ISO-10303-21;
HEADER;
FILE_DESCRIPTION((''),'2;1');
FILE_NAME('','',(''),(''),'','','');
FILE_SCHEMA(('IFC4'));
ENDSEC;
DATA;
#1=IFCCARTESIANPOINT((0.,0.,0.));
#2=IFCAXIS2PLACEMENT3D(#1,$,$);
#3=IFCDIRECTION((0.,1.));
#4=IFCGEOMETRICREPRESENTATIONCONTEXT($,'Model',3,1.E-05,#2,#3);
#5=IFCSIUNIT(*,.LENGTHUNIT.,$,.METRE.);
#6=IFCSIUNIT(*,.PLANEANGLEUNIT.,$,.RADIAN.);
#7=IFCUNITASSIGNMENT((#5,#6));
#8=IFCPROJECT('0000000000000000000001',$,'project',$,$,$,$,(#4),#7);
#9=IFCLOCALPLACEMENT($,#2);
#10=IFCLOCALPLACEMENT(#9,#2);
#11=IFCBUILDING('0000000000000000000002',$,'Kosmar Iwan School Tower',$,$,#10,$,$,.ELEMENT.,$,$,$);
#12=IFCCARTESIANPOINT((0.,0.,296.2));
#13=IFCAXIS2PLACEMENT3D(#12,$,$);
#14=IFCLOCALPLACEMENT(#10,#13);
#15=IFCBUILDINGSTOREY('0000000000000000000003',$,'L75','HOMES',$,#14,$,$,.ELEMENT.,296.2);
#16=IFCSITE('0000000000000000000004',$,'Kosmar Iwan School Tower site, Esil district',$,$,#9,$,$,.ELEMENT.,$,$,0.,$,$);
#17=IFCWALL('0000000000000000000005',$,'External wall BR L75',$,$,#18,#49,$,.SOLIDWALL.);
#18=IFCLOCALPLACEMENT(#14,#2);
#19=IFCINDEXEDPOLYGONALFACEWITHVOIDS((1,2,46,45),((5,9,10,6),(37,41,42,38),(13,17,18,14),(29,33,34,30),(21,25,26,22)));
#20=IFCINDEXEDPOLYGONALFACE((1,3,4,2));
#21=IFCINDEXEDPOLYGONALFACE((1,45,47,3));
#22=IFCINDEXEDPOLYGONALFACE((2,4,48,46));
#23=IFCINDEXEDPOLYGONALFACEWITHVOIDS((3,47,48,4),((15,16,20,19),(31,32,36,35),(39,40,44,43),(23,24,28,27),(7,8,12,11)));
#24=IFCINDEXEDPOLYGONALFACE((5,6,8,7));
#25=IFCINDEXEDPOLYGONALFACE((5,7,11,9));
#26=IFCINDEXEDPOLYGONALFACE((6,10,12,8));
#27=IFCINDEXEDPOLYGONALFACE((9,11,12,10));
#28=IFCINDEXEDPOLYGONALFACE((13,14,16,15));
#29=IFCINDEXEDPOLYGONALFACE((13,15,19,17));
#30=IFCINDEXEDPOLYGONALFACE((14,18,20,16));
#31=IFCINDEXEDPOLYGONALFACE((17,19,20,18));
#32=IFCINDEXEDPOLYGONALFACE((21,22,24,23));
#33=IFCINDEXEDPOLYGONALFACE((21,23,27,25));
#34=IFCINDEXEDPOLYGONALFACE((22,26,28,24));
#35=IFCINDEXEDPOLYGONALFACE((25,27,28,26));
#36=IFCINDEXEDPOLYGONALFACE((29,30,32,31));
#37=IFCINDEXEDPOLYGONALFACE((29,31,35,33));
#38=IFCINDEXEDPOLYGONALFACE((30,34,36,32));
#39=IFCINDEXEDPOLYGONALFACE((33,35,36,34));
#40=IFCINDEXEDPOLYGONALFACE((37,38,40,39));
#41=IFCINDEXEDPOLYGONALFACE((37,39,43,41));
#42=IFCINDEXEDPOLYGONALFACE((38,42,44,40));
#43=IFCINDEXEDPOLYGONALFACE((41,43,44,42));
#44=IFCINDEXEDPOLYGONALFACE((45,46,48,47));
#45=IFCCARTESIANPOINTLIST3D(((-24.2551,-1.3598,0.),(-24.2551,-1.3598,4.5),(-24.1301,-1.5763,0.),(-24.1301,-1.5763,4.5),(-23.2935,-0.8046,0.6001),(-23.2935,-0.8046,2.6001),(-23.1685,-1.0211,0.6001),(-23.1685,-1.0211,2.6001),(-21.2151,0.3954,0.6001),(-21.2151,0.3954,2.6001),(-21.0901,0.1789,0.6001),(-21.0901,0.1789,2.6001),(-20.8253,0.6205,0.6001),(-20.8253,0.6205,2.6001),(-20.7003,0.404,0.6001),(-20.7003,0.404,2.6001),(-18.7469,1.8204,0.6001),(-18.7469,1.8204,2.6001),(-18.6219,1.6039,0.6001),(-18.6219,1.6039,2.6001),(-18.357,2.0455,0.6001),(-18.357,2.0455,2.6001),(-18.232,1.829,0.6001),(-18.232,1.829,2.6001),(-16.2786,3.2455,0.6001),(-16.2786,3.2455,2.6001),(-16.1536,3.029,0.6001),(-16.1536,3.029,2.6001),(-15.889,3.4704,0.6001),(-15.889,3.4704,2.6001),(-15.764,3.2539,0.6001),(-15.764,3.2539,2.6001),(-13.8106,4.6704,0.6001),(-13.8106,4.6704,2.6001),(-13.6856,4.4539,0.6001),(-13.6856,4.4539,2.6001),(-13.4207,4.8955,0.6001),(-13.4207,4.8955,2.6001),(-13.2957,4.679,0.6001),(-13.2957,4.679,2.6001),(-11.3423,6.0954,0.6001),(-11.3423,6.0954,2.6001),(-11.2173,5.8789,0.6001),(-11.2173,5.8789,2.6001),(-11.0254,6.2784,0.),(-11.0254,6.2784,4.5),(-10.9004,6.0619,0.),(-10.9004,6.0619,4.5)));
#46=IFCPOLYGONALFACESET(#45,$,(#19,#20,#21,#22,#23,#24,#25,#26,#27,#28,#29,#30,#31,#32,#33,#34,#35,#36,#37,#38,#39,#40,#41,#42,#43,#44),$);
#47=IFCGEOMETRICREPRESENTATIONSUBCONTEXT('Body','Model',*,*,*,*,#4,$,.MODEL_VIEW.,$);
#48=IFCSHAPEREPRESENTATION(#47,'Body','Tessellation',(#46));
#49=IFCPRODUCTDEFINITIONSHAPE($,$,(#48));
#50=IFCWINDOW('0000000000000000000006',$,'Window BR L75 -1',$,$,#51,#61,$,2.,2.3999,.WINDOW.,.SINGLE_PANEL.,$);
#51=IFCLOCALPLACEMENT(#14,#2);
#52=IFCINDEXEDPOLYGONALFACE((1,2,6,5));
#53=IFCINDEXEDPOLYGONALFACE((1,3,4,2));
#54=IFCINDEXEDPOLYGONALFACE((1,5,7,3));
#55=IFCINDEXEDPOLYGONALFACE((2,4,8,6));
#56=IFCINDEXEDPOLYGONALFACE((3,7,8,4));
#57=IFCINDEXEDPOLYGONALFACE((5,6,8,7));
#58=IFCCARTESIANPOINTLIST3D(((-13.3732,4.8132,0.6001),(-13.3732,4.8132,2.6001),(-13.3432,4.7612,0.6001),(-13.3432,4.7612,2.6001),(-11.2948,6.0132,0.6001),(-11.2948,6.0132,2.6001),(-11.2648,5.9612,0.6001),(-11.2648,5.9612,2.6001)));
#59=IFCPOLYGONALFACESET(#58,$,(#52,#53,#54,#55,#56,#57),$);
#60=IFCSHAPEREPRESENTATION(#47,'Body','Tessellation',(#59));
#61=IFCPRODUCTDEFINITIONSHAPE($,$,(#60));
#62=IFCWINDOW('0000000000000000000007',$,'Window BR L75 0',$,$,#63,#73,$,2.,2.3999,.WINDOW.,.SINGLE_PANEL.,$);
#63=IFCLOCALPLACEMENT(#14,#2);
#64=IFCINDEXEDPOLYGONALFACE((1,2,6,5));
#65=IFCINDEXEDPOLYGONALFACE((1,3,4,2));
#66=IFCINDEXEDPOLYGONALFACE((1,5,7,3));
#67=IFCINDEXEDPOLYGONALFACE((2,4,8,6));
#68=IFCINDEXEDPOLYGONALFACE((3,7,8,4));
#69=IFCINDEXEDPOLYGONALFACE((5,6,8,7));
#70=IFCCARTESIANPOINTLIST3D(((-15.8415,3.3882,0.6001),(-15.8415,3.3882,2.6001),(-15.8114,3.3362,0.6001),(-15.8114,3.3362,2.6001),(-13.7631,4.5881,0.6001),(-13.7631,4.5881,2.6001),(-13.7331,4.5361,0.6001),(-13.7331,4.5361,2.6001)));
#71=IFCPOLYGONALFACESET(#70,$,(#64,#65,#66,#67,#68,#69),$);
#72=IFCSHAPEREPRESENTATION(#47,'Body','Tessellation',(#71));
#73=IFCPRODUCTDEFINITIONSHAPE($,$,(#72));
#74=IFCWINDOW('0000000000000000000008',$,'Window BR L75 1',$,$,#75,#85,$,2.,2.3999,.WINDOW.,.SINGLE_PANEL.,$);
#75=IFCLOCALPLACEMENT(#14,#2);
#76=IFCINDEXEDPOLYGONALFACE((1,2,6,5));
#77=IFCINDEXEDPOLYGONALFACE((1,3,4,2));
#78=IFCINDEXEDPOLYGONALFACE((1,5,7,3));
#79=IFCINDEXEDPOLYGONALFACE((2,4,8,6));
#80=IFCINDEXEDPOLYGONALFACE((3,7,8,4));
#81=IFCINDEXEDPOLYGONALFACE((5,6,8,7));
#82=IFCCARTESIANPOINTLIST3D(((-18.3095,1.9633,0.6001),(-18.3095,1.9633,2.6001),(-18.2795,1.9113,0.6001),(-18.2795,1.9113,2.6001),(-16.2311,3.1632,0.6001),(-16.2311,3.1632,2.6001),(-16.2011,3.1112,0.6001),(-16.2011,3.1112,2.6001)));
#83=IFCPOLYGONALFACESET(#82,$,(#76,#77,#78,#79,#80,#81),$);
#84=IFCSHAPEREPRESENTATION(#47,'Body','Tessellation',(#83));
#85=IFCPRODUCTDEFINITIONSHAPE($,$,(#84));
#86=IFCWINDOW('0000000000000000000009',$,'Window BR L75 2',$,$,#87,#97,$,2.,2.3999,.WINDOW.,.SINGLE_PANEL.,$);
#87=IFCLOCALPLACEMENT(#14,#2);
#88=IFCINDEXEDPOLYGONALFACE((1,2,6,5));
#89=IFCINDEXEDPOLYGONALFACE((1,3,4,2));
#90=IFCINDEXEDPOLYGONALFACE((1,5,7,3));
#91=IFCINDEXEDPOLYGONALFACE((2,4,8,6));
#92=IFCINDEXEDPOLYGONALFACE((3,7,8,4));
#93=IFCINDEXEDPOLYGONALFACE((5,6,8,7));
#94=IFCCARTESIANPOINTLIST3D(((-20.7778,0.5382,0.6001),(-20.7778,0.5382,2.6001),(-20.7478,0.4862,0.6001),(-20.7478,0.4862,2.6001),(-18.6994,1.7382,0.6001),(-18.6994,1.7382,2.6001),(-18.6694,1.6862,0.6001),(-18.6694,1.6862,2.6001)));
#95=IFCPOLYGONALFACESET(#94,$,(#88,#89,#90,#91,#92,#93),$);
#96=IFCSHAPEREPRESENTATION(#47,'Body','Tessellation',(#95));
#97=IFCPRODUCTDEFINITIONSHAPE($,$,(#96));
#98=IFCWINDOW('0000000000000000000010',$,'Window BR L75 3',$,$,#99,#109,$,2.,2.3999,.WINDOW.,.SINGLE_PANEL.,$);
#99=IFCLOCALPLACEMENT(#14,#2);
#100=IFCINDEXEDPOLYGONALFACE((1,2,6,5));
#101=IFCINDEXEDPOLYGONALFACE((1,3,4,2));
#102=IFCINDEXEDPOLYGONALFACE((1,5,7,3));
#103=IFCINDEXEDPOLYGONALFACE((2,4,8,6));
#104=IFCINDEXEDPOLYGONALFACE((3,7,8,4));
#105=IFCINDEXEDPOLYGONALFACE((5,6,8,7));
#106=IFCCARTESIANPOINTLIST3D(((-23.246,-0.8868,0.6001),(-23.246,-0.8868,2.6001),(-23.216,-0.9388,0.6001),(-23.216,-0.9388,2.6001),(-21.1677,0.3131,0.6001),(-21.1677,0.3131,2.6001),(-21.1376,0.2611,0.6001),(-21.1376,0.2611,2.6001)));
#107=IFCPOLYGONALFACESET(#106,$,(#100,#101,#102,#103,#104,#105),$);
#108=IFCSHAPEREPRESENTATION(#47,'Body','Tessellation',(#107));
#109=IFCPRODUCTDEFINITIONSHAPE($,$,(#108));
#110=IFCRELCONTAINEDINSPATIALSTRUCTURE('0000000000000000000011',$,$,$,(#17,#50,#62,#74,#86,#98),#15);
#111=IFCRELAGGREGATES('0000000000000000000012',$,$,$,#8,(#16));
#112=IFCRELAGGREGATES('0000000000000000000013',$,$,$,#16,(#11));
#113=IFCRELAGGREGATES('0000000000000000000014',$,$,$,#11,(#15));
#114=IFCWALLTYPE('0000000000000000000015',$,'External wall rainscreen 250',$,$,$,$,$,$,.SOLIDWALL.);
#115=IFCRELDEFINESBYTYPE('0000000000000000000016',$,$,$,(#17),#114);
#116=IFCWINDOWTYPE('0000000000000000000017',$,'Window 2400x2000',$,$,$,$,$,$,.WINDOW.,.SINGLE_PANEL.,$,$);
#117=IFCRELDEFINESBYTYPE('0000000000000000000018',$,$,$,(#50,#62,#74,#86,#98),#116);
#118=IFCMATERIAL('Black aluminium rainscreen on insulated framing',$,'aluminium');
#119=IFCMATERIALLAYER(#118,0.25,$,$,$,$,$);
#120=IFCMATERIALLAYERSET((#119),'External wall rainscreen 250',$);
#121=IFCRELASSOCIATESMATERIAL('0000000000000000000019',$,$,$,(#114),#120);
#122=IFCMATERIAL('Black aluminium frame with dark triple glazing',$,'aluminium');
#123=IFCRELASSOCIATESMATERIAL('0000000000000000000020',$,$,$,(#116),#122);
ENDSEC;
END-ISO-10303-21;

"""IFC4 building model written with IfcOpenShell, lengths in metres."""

from ifc_helpers import new_model, si_unit, direction, frame, frame_2d, origin, place, context, subcontext, project, spatial, rectangle, extrude, material, layer, layer_set, type_object, element, fill, save


model = new_model("IFC4")

# Units and contexts
model_context = context("Model", 3, precision=1e-05, world=origin(), true_north=direction((0.0, 1.0)))
body_context = subcontext(model_context, "Body", "Model", "MODEL_VIEW")
ifc_project = project(units=[si_unit("LENGTHUNIT", "METRE"), si_unit("PLANEANGLEUNIT", "RADIAN")], contexts=[model_context])

# Site, building, storey
site_placement = place(None, origin())
site = spatial("IfcSite", under=ifc_project, at=site_placement, Name="Kosmar Iwan School Tower site, Esil district", CompositionType="ELEMENT", RefElevation=0.0)
building_placement = place(site_placement, origin())
building = spatial("IfcBuilding", under=site, at=building_placement, Name="Kosmar Iwan School Tower", CompositionType="ELEMENT")
storey_placement = place(building_placement, frame((0.0, 0.0, 296.2)))
storey = spatial("IfcBuildingStorey", under=building, at=storey_placement, Name="L75", Description="HOMES", CompositionType="ELEMENT", Elevation=296.2)

# Wall, openings, windows
ifc_material_1 = material(Name="Black aluminium rainscreen on insulated framing", Category="aluminium")
ifc_layer_1 = layer(ifc_material_1, 0.25)
ifc_layer_set_1 = layer_set([ifc_layer_1], Name="External wall rainscreen 250")
wall_type_1 = type_object("IfcWallType", Name="External wall rainscreen 250", PredefinedType="SOLIDWALL", material=ifc_layer_set_1)
ifc_material_2 = material(Name="Black aluminium frame with dark triple glazing", Category="aluminium")
window_type = type_object("IfcWindowType", Name="Window 2400x2000", PartitioningType="SINGLE_PANEL", PredefinedType="WINDOW", material=ifc_material_2)
wall_1_placement = place(storey_placement, frame((-10.9629, 6.1702, 0.0), z_axis=(0.0, 0.0, 1.0), x_axis=(-0.866026, -0.5, 0.0)))
wall_1 = element("IfcWall", 1, at=wall_1_placement, inside=storey, type_object=wall_type_1, Name="External wall BR L75", PredefinedType="SOLIDWALL", context=body_context, shape_type="SweptSolid", body=[
    extrude(rectangle(XDim=15.2764, YDim=0.25, at=frame_2d((7.6382, 0.0))), origin(), (0.0, 0.0, 1.0), 4.5),
])
opening_1_placement = place(wall_1_placement, frame((0.366, 0.0, 0.6001)))
opening_1 = element("IfcOpeningElement", 2, at=opening_1_placement, cuts=wall_1, PredefinedType="OPENING", context=body_context, shape_type="SweptSolid", body=[
    extrude(rectangle(XDim=2.3999, YDim=2.0, at=frame_2d((1.2, 1.0))), frame((0.0, 0.137, 0.0), z_axis=(0.0, -1.0, 0.0), x_axis=(1.0, 0.0, 0.0)), (0.0, 0.0, 1.0), 0.2739),
])
opening_2_placement = place(wall_1_placement, frame((3.2161, 0.0, 0.6001)))
opening_2 = element("IfcOpeningElement", 3, at=opening_2_placement, cuts=wall_1, PredefinedType="OPENING", context=body_context, shape_type="SweptSolid", body=[
    extrude(rectangle(XDim=2.3999, YDim=2.0, at=frame_2d((1.2, 1.0))), frame((0.0, 0.137, 0.0), z_axis=(0.0, -1.0, 0.0), x_axis=(1.0, 0.0, 0.0)), (0.0, 0.0, 1.0), 0.2739),
])
opening_3_placement = place(wall_1_placement, frame((6.0659, 0.0, 0.6001)))
opening_3 = element("IfcOpeningElement", 4, at=opening_3_placement, cuts=wall_1, PredefinedType="OPENING", context=body_context, shape_type="SweptSolid", body=[
    extrude(rectangle(XDim=2.3999, YDim=2.0, at=frame_2d((1.2, 1.0))), frame((0.0, 0.137, 0.0), z_axis=(0.0, -1.0, 0.0), x_axis=(1.0, 0.0, 0.0)), (0.0, 0.0, 1.0), 0.2739),
])
opening_4_placement = place(wall_1_placement, frame((8.916, 0.0, 0.6001)))
opening_4 = element("IfcOpeningElement", 5, at=opening_4_placement, cuts=wall_1, PredefinedType="OPENING", context=body_context, shape_type="SweptSolid", body=[
    extrude(rectangle(XDim=2.3999, YDim=2.0, at=frame_2d((1.2, 1.0))), frame((0.0, 0.137, 0.0), z_axis=(0.0, -1.0, 0.0), x_axis=(1.0, 0.0, 0.0)), (0.0, 0.0, 1.0), 0.2739),
])
opening_5_placement = place(wall_1_placement, frame((11.7661, 0.0, 0.6001)))
opening_5 = element("IfcOpeningElement", 6, at=opening_5_placement, cuts=wall_1, PredefinedType="OPENING", context=body_context, shape_type="SweptSolid", body=[
    extrude(rectangle(XDim=2.3999, YDim=2.0, at=frame_2d((1.2, 1.0))), frame((0.0, 0.137, 0.0), z_axis=(0.0, -1.0, 0.0), x_axis=(1.0, 0.0, 0.0)), (0.0, 0.0, 1.0), 0.2739),
])
window_1_placement = place(opening_1_placement, origin())
window_1 = element("IfcWindow", 7, at=window_1_placement, inside=storey, type_object=window_type, Name="Window BR L75 -1", OverallHeight=2.0, OverallWidth=2.3999, PartitioningType="SINGLE_PANEL", PredefinedType="WINDOW", context=body_context, shape_type="SweptSolid", body=[
    extrude(rectangle(XDim=2.3999, YDim=2.0, at=frame_2d((1.2, 1.0))), frame((0.0, 0.03, 0.0), z_axis=(0.0, -1.0, 0.0), x_axis=(1.0, 0.0, 0.0)), (0.0, 0.0, 1.0), 0.0601),
])
fill(opening_1, window_1)
window_2_placement = place(opening_2_placement, origin())
window_2 = element("IfcWindow", 8, at=window_2_placement, inside=storey, type_object=window_type, Name="Window BR L75 0", OverallHeight=2.0, OverallWidth=2.3999, PartitioningType="SINGLE_PANEL", PredefinedType="WINDOW", context=body_context, shape_type="SweptSolid", body=[
    extrude(rectangle(XDim=2.3999, YDim=2.0, at=frame_2d((1.2, 1.0))), frame((0.0, 0.03, 0.0), z_axis=(0.0, -1.0, 0.0), x_axis=(1.0, 0.0, 0.0)), (0.0, 0.0, 1.0), 0.0601),
])
fill(opening_2, window_2)
window_3_placement = place(opening_3_placement, origin())
window_3 = element("IfcWindow", 9, at=window_3_placement, inside=storey, type_object=window_type, Name="Window BR L75 1", OverallHeight=2.0, OverallWidth=2.3999, PartitioningType="SINGLE_PANEL", PredefinedType="WINDOW", context=body_context, shape_type="SweptSolid", body=[
    extrude(rectangle(XDim=2.3999, YDim=2.0, at=frame_2d((1.2, 1.0))), frame((0.0, 0.03, 0.0), z_axis=(0.0, -1.0, 0.0), x_axis=(1.0, 0.0, 0.0)), (0.0, 0.0, 1.0), 0.0601),
])
fill(opening_3, window_3)
window_4_placement = place(opening_4_placement, origin())
window_4 = element("IfcWindow", 10, at=window_4_placement, inside=storey, type_object=window_type, Name="Window BR L75 2", OverallHeight=2.0, OverallWidth=2.3999, PartitioningType="SINGLE_PANEL", PredefinedType="WINDOW", context=body_context, shape_type="SweptSolid", body=[
    extrude(rectangle(XDim=2.3999, YDim=2.0, at=frame_2d((1.2, 1.0))), frame((0.0, 0.03, 0.0), z_axis=(0.0, -1.0, 0.0), x_axis=(1.0, 0.0, 0.0)), (0.0, 0.0, 1.0), 0.0601),
])
fill(opening_4, window_4)
window_5_placement = place(opening_5_placement, origin())
window_5 = element("IfcWindow", 11, at=window_5_placement, inside=storey, type_object=window_type, Name="Window BR L75 3", OverallHeight=2.0, OverallWidth=2.3999, PartitioningType="SINGLE_PANEL", PredefinedType="WINDOW", context=body_context, shape_type="SweptSolid", body=[
    extrude(rectangle(XDim=2.3999, YDim=2.0, at=frame_2d((1.2, 1.0))), frame((0.0, 0.03, 0.0), z_axis=(0.0, -1.0, 0.0), x_axis=(1.0, 0.0, 0.0)), (0.0, 0.0, 1.0), 0.0601),
])
fill(opening_5, window_5)

save(model, "model.ifc")
